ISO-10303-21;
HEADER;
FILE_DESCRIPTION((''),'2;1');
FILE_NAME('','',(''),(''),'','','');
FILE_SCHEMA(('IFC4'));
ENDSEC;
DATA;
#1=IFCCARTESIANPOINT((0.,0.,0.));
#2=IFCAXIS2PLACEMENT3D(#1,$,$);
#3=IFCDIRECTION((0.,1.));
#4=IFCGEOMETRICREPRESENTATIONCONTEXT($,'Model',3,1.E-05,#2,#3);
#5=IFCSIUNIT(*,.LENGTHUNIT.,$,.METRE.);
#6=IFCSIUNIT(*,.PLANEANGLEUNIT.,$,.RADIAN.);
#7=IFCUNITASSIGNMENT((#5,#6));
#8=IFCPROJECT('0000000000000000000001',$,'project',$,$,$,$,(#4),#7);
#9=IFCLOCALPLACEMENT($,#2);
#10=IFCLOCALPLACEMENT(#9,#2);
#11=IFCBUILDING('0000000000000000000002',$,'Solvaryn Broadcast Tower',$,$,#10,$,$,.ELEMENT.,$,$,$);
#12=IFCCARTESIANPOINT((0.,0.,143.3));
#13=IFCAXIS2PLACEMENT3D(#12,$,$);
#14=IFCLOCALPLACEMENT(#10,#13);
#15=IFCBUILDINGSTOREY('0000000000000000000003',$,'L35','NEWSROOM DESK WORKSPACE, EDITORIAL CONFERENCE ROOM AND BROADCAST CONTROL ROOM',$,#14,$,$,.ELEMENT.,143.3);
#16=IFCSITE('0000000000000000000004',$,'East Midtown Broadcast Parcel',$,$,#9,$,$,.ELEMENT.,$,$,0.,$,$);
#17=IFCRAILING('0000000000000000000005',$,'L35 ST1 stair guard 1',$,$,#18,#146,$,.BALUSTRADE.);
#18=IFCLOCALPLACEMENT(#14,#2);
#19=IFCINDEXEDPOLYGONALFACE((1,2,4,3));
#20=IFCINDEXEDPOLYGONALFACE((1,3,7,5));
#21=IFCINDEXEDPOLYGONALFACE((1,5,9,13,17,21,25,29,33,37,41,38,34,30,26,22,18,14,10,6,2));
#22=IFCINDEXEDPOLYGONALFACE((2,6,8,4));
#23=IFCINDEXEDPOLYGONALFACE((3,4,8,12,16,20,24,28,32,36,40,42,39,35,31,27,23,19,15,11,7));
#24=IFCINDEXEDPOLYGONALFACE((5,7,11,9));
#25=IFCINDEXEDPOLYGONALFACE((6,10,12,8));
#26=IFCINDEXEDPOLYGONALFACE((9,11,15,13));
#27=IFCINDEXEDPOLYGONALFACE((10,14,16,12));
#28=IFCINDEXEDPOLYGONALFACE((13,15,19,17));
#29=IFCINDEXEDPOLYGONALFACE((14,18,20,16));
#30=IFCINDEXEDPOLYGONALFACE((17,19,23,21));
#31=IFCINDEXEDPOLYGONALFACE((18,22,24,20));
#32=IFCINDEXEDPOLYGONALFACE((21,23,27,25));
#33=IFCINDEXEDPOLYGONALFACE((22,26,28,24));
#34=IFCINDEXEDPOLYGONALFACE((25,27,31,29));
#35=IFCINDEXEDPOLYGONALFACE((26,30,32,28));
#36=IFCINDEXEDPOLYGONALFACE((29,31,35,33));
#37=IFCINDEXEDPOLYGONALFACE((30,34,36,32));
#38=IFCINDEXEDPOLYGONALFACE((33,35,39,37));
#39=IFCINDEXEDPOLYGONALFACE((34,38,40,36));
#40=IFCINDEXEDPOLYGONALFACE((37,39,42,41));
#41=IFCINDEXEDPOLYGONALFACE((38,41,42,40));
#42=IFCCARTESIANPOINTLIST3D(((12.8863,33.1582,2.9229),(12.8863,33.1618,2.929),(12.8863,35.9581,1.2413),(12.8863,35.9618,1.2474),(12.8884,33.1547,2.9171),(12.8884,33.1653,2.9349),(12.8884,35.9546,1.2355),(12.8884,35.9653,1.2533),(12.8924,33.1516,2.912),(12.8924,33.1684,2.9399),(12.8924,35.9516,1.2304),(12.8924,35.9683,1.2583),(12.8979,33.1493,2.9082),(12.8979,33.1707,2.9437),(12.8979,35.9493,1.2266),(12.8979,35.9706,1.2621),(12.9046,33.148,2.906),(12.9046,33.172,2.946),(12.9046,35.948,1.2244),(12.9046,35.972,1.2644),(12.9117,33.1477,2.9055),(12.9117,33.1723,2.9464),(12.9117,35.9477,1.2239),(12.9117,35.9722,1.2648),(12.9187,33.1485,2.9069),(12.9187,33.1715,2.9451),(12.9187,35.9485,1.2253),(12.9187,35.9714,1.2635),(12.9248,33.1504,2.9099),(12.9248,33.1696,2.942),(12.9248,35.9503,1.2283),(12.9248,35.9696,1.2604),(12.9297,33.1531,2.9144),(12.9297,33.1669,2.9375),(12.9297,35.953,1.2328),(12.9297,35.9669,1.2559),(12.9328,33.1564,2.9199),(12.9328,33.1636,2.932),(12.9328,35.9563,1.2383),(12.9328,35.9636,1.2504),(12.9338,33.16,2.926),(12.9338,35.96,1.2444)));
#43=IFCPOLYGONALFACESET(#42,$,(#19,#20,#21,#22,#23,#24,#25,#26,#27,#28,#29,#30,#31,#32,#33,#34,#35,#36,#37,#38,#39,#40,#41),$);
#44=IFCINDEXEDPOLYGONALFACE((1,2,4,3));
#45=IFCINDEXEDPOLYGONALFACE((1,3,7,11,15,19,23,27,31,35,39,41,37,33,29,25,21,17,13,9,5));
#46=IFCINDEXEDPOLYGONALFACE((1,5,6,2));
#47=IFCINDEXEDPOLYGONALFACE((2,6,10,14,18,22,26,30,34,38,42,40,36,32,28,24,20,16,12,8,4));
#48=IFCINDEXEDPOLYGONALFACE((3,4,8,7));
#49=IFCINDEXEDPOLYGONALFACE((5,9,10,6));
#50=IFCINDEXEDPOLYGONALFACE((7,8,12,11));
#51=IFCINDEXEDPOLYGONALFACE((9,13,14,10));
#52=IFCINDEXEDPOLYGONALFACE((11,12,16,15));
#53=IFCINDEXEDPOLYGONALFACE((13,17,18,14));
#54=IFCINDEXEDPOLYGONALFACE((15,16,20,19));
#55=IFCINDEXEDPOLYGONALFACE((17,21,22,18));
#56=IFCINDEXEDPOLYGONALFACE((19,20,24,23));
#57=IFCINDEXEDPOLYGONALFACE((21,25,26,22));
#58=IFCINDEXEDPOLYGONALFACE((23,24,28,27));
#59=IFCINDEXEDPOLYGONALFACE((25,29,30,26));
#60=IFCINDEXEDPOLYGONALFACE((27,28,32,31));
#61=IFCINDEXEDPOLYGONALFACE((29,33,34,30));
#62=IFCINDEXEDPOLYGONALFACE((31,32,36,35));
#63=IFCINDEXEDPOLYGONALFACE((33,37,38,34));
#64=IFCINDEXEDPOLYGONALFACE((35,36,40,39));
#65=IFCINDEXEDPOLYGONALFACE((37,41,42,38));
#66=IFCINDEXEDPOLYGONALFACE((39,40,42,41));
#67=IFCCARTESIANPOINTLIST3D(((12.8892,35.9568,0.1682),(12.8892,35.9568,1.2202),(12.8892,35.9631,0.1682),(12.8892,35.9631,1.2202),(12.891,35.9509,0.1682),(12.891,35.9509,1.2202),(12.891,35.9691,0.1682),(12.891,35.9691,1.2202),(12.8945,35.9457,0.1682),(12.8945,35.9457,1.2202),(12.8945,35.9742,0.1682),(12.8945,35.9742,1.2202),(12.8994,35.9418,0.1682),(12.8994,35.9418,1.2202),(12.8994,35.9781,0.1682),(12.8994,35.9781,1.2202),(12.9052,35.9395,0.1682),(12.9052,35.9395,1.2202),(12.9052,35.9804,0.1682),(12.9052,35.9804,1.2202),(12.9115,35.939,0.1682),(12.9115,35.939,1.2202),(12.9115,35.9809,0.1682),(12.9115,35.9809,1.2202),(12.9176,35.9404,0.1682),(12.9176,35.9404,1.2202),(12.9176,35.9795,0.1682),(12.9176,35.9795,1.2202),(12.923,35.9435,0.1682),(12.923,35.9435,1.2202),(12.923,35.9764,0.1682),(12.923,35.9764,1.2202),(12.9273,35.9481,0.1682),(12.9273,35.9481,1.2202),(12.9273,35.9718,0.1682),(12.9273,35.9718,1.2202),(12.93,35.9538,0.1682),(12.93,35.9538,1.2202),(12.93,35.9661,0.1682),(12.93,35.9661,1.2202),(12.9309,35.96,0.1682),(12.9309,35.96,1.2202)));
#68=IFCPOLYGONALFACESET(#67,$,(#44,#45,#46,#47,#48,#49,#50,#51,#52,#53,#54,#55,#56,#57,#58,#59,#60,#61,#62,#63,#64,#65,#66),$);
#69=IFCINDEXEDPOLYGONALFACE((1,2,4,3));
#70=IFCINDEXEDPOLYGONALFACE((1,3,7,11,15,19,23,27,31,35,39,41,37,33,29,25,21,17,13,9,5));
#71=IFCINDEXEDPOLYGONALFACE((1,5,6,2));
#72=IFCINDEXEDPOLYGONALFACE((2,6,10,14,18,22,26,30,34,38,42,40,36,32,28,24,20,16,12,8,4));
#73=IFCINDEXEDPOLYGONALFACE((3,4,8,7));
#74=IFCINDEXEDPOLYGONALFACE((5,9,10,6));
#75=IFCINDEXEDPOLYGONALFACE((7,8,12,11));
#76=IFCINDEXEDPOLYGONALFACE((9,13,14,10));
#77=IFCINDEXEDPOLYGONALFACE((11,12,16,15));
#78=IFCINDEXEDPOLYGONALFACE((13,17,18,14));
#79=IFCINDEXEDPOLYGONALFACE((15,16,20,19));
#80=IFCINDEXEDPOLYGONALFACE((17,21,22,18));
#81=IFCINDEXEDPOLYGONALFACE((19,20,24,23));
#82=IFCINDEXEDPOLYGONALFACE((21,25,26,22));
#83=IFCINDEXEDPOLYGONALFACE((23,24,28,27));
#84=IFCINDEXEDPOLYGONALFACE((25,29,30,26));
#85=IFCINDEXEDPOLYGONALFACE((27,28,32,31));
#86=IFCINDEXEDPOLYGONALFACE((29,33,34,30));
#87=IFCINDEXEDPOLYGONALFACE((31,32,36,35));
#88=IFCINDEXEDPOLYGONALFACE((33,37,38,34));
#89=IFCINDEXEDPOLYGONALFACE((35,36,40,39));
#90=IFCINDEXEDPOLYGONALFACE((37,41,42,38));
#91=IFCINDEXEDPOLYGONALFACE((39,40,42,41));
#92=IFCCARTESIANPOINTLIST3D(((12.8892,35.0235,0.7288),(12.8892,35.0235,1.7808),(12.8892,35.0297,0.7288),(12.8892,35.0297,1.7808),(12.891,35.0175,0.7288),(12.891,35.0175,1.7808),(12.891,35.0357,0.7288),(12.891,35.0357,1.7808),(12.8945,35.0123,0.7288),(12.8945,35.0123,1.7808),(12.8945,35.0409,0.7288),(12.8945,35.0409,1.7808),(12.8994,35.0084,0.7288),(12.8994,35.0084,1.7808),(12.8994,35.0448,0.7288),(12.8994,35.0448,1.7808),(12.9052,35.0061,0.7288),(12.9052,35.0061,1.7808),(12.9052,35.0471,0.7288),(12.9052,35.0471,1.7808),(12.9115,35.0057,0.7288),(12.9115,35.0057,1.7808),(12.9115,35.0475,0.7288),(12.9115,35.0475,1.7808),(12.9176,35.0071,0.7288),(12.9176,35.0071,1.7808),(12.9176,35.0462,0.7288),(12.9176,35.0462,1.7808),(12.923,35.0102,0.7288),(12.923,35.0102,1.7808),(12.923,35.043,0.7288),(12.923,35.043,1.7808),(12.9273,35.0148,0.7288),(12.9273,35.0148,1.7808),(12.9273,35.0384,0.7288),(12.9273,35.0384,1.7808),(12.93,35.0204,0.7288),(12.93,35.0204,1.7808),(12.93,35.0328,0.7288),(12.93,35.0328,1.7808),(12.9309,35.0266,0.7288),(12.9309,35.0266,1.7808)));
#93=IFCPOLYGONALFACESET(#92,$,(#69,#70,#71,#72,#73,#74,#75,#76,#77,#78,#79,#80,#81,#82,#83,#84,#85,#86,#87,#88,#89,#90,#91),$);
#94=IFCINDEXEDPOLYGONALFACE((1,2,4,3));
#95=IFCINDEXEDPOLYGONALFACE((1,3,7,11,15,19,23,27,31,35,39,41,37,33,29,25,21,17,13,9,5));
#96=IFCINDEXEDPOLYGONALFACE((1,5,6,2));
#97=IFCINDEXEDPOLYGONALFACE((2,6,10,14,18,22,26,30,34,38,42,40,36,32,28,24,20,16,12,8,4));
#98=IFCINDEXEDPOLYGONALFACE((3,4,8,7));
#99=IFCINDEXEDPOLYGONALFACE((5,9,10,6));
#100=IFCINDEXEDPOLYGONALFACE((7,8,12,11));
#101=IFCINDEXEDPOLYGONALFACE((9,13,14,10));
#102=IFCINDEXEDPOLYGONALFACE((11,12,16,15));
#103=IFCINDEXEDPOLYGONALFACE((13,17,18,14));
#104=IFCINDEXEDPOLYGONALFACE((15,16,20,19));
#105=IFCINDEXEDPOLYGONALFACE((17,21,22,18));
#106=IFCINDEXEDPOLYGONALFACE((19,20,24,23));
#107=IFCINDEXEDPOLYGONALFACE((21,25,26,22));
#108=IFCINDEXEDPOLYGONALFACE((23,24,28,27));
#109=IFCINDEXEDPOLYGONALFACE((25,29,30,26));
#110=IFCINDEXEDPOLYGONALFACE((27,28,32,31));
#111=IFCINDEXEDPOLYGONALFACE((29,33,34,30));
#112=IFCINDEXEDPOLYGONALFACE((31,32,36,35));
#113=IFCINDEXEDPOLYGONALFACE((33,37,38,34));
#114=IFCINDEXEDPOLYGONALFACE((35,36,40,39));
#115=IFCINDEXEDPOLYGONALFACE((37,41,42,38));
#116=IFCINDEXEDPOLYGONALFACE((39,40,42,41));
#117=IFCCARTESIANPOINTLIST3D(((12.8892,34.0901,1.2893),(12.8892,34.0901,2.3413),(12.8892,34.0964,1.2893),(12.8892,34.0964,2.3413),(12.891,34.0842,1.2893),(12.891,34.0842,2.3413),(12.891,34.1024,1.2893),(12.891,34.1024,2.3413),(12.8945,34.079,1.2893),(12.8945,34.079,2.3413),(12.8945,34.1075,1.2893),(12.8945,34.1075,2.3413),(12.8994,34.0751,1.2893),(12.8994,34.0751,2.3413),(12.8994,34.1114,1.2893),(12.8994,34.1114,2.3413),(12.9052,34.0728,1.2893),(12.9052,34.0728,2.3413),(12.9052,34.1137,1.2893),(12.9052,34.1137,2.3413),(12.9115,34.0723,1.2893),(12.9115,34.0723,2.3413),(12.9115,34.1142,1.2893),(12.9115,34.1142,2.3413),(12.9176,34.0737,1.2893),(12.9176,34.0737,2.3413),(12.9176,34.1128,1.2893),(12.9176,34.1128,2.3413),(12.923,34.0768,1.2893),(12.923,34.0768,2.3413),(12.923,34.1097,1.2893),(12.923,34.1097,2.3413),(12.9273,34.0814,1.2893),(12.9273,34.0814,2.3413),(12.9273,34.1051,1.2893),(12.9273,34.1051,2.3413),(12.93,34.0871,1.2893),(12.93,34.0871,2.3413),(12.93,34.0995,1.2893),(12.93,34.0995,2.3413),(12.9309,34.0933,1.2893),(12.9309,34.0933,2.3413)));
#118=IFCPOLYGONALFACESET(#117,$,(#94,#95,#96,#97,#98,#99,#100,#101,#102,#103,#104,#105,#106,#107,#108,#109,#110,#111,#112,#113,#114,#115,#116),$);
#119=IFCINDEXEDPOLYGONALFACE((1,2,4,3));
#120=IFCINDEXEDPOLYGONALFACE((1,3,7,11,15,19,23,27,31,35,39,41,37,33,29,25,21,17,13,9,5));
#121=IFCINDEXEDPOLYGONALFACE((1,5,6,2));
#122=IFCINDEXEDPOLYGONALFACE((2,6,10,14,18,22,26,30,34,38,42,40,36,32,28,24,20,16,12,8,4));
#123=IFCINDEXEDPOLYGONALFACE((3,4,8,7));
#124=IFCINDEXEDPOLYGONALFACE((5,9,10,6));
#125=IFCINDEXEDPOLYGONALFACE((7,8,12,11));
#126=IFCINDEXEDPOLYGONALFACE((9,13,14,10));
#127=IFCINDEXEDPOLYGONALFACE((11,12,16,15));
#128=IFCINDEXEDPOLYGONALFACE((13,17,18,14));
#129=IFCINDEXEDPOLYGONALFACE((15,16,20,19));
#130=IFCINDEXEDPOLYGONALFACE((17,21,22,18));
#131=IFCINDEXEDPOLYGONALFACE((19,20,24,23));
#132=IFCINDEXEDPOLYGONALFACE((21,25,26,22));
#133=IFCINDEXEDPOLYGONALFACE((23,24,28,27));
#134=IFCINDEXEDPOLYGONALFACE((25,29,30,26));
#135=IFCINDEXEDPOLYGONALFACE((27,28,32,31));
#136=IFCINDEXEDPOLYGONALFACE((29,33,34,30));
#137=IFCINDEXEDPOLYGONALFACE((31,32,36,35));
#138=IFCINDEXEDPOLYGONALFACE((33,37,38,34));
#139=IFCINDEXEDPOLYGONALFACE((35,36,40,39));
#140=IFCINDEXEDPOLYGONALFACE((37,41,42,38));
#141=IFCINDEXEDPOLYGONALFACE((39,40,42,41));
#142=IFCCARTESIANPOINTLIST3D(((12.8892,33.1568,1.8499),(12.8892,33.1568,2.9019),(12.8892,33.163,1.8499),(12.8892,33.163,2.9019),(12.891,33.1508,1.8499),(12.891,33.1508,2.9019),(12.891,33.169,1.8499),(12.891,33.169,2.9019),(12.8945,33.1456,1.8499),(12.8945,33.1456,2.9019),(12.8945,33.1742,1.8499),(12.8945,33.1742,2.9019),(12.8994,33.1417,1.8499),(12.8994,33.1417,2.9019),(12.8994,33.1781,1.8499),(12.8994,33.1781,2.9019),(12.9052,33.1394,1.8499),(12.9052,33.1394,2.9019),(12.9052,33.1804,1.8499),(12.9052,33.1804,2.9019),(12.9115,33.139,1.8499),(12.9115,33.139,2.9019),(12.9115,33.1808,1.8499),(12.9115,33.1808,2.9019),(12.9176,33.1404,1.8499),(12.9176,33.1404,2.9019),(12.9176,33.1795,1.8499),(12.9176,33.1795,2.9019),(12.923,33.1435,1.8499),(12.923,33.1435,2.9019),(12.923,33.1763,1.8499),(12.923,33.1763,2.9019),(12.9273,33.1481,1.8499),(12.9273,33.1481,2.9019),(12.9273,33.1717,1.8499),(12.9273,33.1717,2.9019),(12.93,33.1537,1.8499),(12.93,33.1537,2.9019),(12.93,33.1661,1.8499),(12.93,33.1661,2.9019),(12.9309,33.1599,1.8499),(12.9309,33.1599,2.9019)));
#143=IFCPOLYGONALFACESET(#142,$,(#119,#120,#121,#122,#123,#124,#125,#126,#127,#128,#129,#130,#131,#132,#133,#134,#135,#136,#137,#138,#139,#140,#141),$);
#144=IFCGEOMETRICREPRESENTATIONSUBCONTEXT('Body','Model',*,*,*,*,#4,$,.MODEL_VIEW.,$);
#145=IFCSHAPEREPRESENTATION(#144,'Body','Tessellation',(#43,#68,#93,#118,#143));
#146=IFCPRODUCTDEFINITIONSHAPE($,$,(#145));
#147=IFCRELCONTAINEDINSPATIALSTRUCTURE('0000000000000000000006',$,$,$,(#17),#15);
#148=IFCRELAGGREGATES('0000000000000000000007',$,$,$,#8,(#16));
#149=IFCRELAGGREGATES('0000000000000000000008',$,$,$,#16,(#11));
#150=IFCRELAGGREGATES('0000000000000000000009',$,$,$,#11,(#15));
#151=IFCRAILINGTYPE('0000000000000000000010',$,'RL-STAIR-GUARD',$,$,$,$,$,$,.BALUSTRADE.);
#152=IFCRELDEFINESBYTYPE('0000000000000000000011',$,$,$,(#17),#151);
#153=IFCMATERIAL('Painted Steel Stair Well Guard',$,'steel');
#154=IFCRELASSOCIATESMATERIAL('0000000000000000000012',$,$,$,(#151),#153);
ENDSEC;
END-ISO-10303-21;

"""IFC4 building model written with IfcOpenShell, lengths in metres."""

from ifc_helpers import new_model, si_unit, direction, frame, origin, origin_2d, place, context, subcontext, project, spatial, circle, extrude, material, type_object, element, save


model = new_model("IFC4")

# Units and contexts
model_context = context("Model", 3, precision=1e-05, world=origin(), true_north=direction((0.0, 1.0)))
body_context = subcontext(model_context, "Body", "Model", "MODEL_VIEW")
ifc_project = project(units=[si_unit("LENGTHUNIT", "METRE"), si_unit("PLANEANGLEUNIT", "RADIAN")], contexts=[model_context])

# Site, building, storey
site_placement = place(None, origin())
site = spatial("IfcSite", under=ifc_project, at=site_placement, Name="East Midtown Broadcast Parcel", CompositionType="ELEMENT", RefElevation=0.0)
building_placement = place(site_placement, origin())
building = spatial("IfcBuilding", under=site, at=building_placement, Name="Solvaryn Broadcast Tower", CompositionType="ELEMENT")
storey_placement = place(building_placement, frame((0.0, 0.0, 143.3)))
storey = spatial("IfcBuildingStorey", under=building, at=storey_placement, Name="L35", Description="NEWSROOM DESK WORKSPACE, EDITORIAL CONFERENCE ROOM AND BROADCAST CONTROL ROOM", CompositionType="ELEMENT", Elevation=143.3)

# Railing
ifc_material_1 = material(Name="Painted Steel Stair Well Guard", Category="steel")
railing_type_1 = type_object("IfcRailingType", Name="RL-STAIR-GUARD", PredefinedType="BALUSTRADE", material=ifc_material_1)
railing_1_placement = place(storey_placement, frame((12.9099, 35.96, 0.1682)))
element("IfcRailing", 1, at=railing_1_placement, inside=storey, type_object=railing_type_1, Name="L35 ST1 stair guard 1", PredefinedType="BALUSTRADE", context=body_context, shape_type="SweptSolid", body=[
    extrude(circle(Radius=0.0239, at=origin_2d()), frame((0.0, 0.0, 1.0762), z_axis=(0.0, -0.857275, 0.514858), x_axis=(1.0, 0.0, 0.0)), (0.0, 0.0, 1.0), 3.2661),
    extrude(circle(Radius=0.021, at=origin_2d()), origin(), (0.0, 0.0, 1.0), 1.052),
    extrude(circle(Radius=0.021, at=origin_2d()), frame((0.0, -0.9333, 0.5605)), (0.0, 0.0, 1.0), 1.052),
    extrude(circle(Radius=0.021, at=origin_2d()), frame((0.0, -1.8667, 1.1211)), (0.0, 0.0, 1.0), 1.052),
    extrude(circle(Radius=0.021, at=origin_2d()), frame((0.0, -2.8, 1.6816)), (0.0, 0.0, 1.0), 1.052),
])

save(model, "model.ifc")
